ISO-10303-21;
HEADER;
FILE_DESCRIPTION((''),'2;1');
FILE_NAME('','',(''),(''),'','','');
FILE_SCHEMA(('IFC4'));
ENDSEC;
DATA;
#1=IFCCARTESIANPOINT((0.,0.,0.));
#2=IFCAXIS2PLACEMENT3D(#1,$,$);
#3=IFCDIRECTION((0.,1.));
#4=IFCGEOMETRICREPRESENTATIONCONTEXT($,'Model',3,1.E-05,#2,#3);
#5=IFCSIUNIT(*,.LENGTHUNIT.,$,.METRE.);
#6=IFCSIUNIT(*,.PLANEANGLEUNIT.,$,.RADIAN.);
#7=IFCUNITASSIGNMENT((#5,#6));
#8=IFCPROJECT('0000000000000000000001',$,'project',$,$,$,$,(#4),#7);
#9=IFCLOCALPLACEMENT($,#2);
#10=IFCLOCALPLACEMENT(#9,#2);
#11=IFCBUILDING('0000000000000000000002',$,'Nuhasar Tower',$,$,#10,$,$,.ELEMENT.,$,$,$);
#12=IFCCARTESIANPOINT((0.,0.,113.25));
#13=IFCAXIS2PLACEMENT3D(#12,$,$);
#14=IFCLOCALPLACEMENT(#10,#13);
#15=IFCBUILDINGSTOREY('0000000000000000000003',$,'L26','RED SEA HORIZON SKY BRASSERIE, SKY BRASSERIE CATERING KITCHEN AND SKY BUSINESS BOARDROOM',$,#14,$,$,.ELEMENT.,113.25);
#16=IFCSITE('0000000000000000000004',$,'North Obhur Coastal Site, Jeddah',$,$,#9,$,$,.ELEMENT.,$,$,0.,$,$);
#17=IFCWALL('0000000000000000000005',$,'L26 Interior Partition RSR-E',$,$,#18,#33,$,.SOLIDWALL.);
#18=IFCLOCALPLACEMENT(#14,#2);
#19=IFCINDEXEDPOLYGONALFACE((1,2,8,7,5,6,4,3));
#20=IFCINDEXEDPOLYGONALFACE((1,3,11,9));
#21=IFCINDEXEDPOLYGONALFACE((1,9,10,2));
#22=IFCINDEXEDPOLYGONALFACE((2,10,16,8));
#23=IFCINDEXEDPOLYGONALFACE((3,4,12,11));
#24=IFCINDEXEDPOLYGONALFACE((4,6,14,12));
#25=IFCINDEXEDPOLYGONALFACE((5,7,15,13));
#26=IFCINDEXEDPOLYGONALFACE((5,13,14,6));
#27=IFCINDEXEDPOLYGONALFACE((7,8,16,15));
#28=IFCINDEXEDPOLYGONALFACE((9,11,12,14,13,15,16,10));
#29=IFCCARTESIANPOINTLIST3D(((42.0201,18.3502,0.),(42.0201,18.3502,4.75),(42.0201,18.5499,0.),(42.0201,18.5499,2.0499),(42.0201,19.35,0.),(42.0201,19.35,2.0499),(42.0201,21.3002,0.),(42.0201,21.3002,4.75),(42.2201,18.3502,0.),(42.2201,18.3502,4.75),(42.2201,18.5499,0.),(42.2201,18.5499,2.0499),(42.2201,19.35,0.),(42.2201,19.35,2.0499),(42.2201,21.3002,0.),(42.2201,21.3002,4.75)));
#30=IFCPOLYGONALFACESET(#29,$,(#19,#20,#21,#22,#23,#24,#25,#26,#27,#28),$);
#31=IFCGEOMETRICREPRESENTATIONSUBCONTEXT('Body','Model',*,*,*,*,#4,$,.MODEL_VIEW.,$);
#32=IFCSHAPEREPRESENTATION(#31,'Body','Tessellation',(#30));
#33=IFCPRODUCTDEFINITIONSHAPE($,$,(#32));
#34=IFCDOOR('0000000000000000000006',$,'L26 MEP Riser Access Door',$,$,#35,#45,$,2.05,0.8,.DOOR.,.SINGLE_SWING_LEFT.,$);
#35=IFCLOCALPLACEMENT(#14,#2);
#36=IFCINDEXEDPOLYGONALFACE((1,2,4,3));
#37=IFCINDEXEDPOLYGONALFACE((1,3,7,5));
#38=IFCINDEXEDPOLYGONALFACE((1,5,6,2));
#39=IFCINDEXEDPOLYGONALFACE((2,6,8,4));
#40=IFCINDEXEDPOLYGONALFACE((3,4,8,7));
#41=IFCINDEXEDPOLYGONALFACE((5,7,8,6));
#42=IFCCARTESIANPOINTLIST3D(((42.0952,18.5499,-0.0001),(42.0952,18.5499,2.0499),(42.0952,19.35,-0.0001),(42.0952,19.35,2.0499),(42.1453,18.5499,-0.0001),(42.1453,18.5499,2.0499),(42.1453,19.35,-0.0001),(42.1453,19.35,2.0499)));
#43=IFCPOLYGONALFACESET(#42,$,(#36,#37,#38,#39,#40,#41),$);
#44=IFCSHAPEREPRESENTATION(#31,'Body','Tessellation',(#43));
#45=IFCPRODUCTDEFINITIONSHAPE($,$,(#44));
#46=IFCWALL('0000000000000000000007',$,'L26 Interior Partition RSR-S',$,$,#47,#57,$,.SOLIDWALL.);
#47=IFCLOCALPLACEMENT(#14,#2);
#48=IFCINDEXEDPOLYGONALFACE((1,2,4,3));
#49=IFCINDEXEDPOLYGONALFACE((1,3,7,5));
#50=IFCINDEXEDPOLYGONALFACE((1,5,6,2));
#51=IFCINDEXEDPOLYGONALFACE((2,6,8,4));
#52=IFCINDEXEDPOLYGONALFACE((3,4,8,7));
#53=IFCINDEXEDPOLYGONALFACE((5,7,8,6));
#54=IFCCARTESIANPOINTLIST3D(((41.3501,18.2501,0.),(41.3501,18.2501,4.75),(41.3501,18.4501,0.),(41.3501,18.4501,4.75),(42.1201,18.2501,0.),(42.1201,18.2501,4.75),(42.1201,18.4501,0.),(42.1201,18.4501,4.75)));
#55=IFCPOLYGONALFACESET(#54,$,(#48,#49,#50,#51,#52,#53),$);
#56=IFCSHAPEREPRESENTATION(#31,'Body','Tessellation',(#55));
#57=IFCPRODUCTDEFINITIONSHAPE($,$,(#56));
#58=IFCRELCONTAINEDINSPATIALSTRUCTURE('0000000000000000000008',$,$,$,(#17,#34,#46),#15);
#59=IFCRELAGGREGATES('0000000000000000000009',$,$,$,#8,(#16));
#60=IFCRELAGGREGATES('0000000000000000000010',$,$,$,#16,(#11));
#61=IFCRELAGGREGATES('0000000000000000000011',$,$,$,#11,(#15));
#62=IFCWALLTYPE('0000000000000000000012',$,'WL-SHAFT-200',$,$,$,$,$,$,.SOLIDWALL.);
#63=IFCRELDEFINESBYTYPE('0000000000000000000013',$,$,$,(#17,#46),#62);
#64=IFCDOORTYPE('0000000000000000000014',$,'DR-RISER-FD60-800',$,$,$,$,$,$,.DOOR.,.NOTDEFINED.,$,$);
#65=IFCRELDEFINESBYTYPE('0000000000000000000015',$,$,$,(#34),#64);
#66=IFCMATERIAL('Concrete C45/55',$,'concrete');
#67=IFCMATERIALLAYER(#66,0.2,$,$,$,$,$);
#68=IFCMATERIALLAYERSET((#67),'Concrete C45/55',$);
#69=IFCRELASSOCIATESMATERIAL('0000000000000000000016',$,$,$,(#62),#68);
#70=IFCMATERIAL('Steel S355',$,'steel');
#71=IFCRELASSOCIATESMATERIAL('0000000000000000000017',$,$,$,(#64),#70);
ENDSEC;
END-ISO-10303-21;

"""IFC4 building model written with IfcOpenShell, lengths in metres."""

from ifc_helpers import new_model, si_unit, direction, frame, frame_2d, origin, place, context, subcontext, project, spatial, rectangle, extrude, material, layer, layer_set, type_object, element, fill, save


model = new_model("IFC4")

# Units and contexts
model_context = context("Model", 3, precision=1e-05, world=origin(), true_north=direction((0.0, 1.0)))
body_context = subcontext(model_context, "Body", "Model", "MODEL_VIEW")
ifc_project = project(units=[si_unit("LENGTHUNIT", "METRE"), si_unit("PLANEANGLEUNIT", "RADIAN")], contexts=[model_context])

# Site, building, storey
site_placement = place(None, origin())
site = spatial("IfcSite", under=ifc_project, at=site_placement, Name="North Obhur Coastal Site, Jeddah", CompositionType="ELEMENT", RefElevation=0.0)
building_placement = place(site_placement, origin())
building = spatial("IfcBuilding", under=site, at=building_placement, Name="Nuhasar Tower", CompositionType="ELEMENT")
storey_placement = place(building_placement, frame((0.0, 0.0, 113.25)))
storey = spatial("IfcBuildingStorey", under=building, at=storey_placement, Name="L26", Description="RED SEA HORIZON SKY BRASSERIE, SKY BRASSERIE CATERING KITCHEN AND SKY BUSINESS BOARDROOM", CompositionType="ELEMENT", Elevation=113.25)

# Shared definitions
ifc_material_1 = material(Name="Steel S355", Category="steel")

# Shared definitions
ifc_material_2 = material(Name="Concrete C45/55", Category="concrete")

# Shared definitions
ifc_layer_1 = layer(ifc_material_2, 0.2)
ifc_layer_set_1 = layer_set([ifc_layer_1], Name="Concrete C45/55")
wall_type_1 = type_object("IfcWallType", Name="WL-SHAFT-200", PredefinedType="SOLIDWALL", material=ifc_layer_set_1)

# Wall, opening, door
wall_1_placement = place(storey_placement, frame((42.1201, 18.3501, 0.0), z_axis=(0.0, 0.0, 1.0), x_axis=(0.0, 1.0, 0.0)))
wall_1 = element("IfcWall", 1, at=wall_1_placement, inside=storey, type_object=wall_type_1, Name="L26 Interior Partition RSR-E", PredefinedType="SOLIDWALL", context=body_context, shape_type="SweptSolid", body=[
    extrude(rectangle(XDim=2.95, YDim=0.2, at=frame_2d((1.4751, 0.0))), origin(), (0.0, 0.0, 1.0), 4.75),
])
opening_1_placement = place(wall_1_placement, frame((0.2, 0.0, 0.0)))
opening_1 = element("IfcOpeningElement", 2, at=opening_1_placement, cuts=wall_1, PredefinedType="OPENING", context=body_context, shape_type="SweptSolid", body=[
    extrude(rectangle(XDim=0.8, YDim=2.05, at=frame_2d((0.3999, 1.0249))), frame((0.0, 0.1099, 0.0), z_axis=(0.0, -1.0, 0.0), x_axis=(1.0, 0.0, 0.0)), (0.0, 0.0, 1.0), 0.22),
])
door_type_1 = type_object("IfcDoorType", Name="DR-RISER-FD60-800", OperationType="NOTDEFINED", PredefinedType="DOOR", material=ifc_material_1)
door_1_placement = place(opening_1_placement, origin())
door_1 = element("IfcDoor", 3, at=door_1_placement, inside=storey, type_object=door_type_1, Name="L26 MEP Riser Access Door", OperationType="SINGLE_SWING_LEFT", OverallHeight=2.05, OverallWidth=0.8, PredefinedType="DOOR", context=body_context, shape_type="SweptSolid", body=[
    extrude(rectangle(XDim=0.8, YDim=2.05, at=frame_2d((0.3999, 1.0249))), frame((0.0, 0.0249, 0.0), z_axis=(0.0, -1.0, 0.0), x_axis=(1.0, 0.0, 0.0)), (0.0, 0.0, 1.0), 0.05),
])
fill(opening_1, door_1)

# Wall
wall_2_placement = place(storey_placement, frame((41.3501, 18.3501, 0.0), z_axis=(0.0, 0.0, 1.0), x_axis=(1.0, 0.0, 0.0)))
element("IfcWall", 4, at=wall_2_placement, inside=storey, type_object=wall_type_1, Name="L26 Interior Partition RSR-S", PredefinedType="SOLIDWALL", context=body_context, shape_type="SweptSolid", body=[
    extrude(rectangle(XDim=0.77, YDim=0.2, at=frame_2d((0.385, 0.0))), origin(), (0.0, 0.0, 1.0), 4.75),
])

save(model, "model.ifc")
